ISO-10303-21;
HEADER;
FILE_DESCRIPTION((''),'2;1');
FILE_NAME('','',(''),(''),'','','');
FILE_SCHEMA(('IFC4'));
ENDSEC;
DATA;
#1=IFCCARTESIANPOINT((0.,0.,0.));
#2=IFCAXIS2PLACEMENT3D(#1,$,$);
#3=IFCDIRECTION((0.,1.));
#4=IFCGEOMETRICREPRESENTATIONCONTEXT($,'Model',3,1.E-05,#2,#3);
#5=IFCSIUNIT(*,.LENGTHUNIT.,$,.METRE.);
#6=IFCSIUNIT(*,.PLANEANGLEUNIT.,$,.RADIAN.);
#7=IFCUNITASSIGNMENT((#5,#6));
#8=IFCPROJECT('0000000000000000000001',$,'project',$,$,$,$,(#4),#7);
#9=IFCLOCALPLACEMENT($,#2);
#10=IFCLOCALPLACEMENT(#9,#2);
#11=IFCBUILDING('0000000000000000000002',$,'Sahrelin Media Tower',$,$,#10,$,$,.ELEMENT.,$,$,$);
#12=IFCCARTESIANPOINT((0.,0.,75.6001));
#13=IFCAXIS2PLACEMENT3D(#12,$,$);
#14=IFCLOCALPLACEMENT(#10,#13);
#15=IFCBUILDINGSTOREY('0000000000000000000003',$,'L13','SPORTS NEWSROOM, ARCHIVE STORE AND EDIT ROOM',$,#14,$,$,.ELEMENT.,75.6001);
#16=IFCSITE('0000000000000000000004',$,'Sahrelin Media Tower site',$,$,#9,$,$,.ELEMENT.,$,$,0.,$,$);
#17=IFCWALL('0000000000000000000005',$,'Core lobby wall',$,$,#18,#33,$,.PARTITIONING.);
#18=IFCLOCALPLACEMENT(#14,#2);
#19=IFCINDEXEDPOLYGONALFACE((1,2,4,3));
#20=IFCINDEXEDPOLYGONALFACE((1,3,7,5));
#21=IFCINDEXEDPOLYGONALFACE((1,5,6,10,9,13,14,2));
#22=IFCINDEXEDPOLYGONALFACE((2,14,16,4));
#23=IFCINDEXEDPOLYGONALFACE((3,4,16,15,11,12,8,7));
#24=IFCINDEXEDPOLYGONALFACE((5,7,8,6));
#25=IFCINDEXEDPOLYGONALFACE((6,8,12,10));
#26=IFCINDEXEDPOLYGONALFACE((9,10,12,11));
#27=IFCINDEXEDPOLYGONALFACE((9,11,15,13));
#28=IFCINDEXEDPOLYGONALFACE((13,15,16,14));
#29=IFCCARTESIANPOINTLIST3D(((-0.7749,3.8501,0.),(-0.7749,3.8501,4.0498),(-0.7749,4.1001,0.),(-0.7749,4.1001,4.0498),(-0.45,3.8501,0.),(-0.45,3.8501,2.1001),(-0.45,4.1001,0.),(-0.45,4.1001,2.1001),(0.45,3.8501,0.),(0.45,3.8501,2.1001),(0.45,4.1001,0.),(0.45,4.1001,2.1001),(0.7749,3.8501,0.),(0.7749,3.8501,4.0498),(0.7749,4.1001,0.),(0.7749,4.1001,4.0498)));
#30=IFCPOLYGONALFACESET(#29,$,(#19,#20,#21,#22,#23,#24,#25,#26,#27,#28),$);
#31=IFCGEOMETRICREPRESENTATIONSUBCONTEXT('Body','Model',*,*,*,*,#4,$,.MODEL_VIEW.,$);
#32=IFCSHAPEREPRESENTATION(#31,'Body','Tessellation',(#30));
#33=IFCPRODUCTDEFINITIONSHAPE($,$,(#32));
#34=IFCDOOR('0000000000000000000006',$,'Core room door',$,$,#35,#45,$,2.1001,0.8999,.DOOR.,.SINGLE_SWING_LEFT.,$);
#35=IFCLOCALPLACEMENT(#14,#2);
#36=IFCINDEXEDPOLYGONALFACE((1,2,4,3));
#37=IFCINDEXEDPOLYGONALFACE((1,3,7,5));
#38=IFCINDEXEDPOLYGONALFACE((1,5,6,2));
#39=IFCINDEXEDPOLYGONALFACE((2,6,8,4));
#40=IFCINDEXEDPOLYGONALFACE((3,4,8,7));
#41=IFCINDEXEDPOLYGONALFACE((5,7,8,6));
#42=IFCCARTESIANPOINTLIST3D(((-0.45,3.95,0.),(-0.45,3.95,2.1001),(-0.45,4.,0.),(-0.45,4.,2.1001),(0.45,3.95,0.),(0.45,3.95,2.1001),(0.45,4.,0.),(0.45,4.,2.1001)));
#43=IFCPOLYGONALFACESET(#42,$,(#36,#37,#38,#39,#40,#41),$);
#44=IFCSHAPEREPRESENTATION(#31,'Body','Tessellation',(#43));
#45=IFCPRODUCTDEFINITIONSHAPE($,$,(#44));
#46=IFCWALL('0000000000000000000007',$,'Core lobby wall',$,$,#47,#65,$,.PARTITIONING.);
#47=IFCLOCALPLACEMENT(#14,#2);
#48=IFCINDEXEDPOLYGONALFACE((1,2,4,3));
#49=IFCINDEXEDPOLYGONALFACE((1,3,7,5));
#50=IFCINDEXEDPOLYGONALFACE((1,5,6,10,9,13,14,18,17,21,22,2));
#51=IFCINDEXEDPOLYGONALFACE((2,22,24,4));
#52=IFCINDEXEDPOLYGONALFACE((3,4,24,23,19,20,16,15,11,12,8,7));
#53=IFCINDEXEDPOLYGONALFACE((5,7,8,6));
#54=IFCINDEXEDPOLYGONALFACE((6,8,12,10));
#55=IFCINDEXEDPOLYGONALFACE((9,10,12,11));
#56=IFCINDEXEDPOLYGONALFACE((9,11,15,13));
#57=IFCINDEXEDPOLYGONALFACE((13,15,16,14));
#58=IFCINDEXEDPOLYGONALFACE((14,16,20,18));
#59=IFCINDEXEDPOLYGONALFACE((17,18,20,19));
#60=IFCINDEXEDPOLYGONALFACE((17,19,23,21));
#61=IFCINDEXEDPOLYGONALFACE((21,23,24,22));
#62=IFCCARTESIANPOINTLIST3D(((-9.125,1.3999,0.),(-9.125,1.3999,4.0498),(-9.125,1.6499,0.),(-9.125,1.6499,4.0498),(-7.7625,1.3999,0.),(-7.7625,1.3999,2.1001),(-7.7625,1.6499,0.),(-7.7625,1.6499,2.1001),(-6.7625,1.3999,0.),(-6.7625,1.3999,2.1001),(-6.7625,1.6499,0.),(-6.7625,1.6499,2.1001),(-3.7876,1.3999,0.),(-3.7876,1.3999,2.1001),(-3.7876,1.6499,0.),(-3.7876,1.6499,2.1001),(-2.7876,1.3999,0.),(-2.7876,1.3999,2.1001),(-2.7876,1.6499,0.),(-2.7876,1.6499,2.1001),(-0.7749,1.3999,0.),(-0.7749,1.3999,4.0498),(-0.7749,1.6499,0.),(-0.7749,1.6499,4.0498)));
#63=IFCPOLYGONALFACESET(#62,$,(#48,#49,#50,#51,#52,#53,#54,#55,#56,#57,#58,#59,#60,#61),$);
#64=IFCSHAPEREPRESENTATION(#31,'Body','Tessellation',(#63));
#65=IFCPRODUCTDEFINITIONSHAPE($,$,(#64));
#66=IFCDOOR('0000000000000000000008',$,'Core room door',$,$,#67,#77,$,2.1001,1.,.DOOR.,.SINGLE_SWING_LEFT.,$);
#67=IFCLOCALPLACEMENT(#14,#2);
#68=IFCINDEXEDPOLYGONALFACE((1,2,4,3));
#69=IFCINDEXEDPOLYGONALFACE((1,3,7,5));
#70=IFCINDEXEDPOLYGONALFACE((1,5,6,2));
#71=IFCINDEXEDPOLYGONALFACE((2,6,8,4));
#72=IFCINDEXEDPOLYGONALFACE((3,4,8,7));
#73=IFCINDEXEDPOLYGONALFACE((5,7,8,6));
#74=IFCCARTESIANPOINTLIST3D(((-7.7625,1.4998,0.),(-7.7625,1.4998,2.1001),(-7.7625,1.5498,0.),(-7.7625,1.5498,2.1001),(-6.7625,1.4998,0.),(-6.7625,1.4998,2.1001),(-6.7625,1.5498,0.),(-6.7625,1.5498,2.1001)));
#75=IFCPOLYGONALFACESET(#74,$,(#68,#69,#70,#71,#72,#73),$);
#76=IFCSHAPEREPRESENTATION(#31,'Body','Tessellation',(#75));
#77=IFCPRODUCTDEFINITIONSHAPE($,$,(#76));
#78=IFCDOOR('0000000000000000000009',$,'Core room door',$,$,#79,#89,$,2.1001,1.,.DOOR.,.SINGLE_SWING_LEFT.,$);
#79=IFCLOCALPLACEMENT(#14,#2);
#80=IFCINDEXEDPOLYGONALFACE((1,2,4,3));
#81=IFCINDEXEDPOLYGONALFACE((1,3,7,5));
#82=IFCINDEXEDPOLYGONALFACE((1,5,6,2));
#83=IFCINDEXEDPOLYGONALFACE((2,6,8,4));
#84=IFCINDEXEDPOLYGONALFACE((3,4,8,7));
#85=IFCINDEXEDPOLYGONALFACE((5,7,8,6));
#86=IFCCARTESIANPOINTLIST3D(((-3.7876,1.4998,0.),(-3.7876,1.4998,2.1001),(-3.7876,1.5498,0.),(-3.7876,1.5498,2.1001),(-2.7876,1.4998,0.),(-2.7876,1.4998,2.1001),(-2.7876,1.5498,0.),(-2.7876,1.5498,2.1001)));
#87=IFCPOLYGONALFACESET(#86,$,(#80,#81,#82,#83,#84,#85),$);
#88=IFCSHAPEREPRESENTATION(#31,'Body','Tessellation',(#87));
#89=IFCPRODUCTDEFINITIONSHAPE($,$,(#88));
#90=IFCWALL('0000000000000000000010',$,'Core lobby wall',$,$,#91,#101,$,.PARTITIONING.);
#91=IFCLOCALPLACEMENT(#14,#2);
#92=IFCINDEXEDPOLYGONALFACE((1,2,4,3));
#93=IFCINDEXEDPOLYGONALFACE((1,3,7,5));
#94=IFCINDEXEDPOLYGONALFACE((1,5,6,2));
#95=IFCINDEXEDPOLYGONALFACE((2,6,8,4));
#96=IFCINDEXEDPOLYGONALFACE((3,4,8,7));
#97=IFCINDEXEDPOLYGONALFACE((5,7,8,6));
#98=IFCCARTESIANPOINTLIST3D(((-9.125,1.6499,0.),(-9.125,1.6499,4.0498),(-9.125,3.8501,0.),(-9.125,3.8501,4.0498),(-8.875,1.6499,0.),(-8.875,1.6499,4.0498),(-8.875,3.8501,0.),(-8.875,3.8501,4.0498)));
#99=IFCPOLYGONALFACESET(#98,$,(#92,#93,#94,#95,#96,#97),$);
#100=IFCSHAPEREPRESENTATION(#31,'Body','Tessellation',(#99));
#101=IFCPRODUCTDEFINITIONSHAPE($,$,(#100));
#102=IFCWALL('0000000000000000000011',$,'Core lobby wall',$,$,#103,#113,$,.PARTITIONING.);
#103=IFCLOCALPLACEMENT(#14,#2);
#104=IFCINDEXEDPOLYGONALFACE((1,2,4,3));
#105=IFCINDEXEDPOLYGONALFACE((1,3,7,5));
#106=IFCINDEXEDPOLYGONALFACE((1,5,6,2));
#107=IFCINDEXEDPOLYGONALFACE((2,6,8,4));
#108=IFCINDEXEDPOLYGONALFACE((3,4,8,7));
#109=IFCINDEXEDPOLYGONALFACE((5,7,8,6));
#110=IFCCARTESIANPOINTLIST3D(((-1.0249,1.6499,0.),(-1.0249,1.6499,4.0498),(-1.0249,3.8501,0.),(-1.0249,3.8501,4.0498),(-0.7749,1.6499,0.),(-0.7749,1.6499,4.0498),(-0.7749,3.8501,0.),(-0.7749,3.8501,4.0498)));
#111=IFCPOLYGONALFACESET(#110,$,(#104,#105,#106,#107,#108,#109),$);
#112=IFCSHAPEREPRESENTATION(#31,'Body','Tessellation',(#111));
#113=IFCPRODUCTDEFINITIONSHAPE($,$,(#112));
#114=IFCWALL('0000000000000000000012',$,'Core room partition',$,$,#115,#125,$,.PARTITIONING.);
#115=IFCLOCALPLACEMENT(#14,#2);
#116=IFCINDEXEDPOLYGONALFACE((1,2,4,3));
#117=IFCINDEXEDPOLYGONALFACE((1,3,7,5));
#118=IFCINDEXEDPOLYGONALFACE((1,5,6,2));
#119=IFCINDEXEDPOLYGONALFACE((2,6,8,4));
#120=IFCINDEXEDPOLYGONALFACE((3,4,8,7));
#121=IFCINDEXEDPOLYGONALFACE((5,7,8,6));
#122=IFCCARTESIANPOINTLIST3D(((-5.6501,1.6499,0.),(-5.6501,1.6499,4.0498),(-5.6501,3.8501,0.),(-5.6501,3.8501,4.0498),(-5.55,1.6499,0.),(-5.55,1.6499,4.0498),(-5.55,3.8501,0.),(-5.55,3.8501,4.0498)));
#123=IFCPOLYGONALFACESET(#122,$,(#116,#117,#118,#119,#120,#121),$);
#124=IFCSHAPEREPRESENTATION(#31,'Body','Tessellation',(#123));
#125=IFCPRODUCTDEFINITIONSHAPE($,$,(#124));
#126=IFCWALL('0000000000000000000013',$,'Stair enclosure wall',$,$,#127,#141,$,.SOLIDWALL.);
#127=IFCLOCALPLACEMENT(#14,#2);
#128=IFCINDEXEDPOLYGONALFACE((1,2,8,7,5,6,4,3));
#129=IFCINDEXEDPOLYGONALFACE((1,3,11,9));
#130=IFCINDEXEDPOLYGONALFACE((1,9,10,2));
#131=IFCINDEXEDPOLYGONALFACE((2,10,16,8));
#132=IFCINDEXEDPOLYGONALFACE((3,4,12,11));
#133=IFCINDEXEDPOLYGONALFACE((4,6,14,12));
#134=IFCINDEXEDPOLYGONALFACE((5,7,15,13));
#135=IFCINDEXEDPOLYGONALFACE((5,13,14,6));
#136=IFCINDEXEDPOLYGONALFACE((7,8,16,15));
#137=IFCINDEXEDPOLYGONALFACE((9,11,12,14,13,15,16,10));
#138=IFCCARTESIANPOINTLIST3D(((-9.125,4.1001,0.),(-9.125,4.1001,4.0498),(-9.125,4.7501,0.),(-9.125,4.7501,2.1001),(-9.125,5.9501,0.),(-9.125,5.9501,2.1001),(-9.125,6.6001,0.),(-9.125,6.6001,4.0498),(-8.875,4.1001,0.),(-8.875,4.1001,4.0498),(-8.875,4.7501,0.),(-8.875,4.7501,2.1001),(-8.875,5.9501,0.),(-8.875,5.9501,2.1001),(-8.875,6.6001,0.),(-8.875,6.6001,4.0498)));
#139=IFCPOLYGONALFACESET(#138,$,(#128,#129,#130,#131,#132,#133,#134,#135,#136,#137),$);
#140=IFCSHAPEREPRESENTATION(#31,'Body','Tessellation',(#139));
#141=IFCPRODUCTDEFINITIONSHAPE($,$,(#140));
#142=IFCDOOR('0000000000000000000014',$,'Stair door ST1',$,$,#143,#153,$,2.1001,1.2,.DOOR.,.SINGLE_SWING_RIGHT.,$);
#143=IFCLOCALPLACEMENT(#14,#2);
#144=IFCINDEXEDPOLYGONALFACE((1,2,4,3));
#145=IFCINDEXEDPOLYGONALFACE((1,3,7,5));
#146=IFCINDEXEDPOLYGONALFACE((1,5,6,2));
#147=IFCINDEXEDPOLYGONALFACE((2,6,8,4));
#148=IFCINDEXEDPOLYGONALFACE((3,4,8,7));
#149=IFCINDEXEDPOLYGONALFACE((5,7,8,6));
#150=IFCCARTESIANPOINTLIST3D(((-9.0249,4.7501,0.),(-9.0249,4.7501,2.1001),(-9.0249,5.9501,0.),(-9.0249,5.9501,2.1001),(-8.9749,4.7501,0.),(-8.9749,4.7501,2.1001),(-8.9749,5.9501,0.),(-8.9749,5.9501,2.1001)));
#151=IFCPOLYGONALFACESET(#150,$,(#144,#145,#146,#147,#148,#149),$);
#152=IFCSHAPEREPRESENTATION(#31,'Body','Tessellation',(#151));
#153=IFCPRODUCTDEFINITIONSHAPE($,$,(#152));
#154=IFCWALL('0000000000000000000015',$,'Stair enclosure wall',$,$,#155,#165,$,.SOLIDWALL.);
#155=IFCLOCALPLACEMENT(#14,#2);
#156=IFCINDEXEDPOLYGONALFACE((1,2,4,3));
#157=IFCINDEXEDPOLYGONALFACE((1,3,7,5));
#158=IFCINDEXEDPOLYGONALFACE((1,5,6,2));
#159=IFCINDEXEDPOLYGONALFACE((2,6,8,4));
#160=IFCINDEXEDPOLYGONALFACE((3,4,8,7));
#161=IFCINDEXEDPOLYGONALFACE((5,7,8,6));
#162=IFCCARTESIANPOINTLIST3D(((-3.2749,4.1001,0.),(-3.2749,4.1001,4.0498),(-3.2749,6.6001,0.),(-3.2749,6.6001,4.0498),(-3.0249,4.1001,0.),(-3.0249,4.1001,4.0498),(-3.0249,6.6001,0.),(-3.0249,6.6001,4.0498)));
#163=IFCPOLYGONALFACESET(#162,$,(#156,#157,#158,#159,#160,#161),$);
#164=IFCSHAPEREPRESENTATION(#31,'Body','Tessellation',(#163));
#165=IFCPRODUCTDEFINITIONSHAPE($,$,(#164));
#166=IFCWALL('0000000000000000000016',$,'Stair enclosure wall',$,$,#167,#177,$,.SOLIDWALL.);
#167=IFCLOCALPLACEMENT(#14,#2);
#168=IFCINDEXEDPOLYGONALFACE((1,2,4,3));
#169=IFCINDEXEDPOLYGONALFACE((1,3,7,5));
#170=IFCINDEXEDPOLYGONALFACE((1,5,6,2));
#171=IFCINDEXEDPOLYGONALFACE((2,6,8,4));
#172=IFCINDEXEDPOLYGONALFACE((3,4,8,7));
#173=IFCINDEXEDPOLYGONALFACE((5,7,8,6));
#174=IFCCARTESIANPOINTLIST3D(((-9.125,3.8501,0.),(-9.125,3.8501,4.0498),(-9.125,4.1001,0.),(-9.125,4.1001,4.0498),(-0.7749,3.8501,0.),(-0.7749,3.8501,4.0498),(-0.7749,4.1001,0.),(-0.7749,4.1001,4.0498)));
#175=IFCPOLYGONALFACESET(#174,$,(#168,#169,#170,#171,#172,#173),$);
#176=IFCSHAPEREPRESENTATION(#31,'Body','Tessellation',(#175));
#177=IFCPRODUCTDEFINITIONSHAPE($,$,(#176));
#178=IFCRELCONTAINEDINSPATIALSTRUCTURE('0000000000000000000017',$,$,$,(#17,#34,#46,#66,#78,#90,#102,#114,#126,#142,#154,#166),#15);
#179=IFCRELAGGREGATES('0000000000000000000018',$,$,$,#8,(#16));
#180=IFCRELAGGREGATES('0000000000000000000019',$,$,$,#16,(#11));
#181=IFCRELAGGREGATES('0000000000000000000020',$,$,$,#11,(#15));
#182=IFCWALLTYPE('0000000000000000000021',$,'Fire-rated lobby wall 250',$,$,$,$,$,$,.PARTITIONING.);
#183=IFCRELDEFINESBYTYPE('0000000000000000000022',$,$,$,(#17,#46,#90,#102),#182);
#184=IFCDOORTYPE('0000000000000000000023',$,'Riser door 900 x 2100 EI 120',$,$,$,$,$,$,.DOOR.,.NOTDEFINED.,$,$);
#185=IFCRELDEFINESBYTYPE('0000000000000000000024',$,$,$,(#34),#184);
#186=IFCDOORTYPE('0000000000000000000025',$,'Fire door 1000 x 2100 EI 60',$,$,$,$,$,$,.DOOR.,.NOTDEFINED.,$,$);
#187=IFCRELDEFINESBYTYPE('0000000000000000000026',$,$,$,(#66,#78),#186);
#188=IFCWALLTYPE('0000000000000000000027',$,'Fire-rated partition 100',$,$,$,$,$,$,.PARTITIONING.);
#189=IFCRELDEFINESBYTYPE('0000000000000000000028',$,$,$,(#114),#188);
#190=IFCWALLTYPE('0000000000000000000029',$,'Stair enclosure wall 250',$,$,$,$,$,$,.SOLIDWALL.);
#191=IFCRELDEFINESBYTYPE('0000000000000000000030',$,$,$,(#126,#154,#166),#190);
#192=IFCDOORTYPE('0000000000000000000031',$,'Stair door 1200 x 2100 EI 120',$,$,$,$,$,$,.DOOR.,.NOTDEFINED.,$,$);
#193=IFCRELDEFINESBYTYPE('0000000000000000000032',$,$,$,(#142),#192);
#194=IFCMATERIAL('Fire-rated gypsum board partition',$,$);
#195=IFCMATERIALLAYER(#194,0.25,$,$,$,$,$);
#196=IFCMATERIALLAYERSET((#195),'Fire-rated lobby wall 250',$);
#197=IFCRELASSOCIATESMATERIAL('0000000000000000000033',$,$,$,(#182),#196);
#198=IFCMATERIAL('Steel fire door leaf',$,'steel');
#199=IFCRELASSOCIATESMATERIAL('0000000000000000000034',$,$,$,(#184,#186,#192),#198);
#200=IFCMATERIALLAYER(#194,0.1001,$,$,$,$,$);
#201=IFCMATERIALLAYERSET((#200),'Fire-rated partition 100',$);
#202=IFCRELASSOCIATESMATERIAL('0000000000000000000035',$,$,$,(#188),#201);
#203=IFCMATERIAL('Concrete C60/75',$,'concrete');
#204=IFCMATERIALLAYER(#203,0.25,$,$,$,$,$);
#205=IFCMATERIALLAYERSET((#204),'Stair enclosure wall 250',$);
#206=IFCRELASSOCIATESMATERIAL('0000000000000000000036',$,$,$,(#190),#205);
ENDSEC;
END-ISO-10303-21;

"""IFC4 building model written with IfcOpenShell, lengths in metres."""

from ifc_helpers import new_model, si_unit, direction, frame, frame_2d, origin, place, context, subcontext, project, spatial, rectangle, extrude, material, layer, layer_set, type_object, element, fill, save


model = new_model("IFC4")

# Units and contexts
model_context = context("Model", 3, precision=1e-05, world=origin(), true_north=direction((0.0, 1.0)))
body_context = subcontext(model_context, "Body", "Model", "MODEL_VIEW")
ifc_project = project(units=[si_unit("LENGTHUNIT", "METRE"), si_unit("PLANEANGLEUNIT", "RADIAN")], contexts=[model_context])

# Site, building, storey
site_placement = place(None, origin())
site = spatial("IfcSite", under=ifc_project, at=site_placement, Name="Sahrelin Media Tower site", CompositionType="ELEMENT", RefElevation=0.0)
building_placement = place(site_placement, origin())
building = spatial("IfcBuilding", under=site, at=building_placement, Name="Sahrelin Media Tower", CompositionType="ELEMENT")
storey_placement = place(building_placement, frame((0.0, 0.0, 75.6001)))
storey = spatial("IfcBuildingStorey", under=building, at=storey_placement, Name="L13", Description="SPORTS NEWSROOM, ARCHIVE STORE AND EDIT ROOM", CompositionType="ELEMENT", Elevation=75.6001)

# Shared definitions
ifc_material_1 = material(Name="Concrete C60/75", Category="concrete")
ifc_material_2 = material(Name="Steel fire door leaf", Category="steel")

# Wall, opening, door
ifc_material_3 = material(Name="Fire-rated gypsum board partition")
ifc_layer_1 = layer(ifc_material_3, 0.25)
ifc_layer_set_1 = layer_set([ifc_layer_1], Name="Fire-rated lobby wall 250")
wall_type_1 = type_object("IfcWallType", Name="Fire-rated lobby wall 250", PredefinedType="PARTITIONING", material=ifc_layer_set_1)
wall_1_placement = place(storey_placement, frame((-0.7749, 3.9751, 0.0), z_axis=(0.0, 0.0, 1.0), x_axis=(1.0, 0.0, 0.0)))
wall_1 = element("IfcWall", 1, at=wall_1_placement, inside=storey, type_object=wall_type_1, Name="Core lobby wall", PredefinedType="PARTITIONING", context=body_context, shape_type="SweptSolid", body=[
    extrude(rectangle(XDim=1.5498, YDim=0.25, at=frame_2d((0.7749, 0.0))), origin(), (0.0, 0.0, 1.0), 4.0498),
])
opening_1_placement = place(wall_1_placement, frame((0.325, 0.0, 0.0)))
opening_1 = element("IfcOpeningElement", 2, at=opening_1_placement, cuts=wall_1, PredefinedType="OPENING", context=body_context, shape_type="SweptSolid", body=[
    extrude(rectangle(XDim=0.8999, YDim=2.1001, at=frame_2d((0.45, 1.05))), frame((0.0, 0.125, 0.0), z_axis=(0.0, -1.0, 0.0), x_axis=(1.0, 0.0, 0.0)), (0.0, 0.0, 1.0), 0.25),
])
door_type_1 = type_object("IfcDoorType", Name="Riser door 900 x 2100 EI 120", OperationType="NOTDEFINED", PredefinedType="DOOR", material=ifc_material_2)
door_1_placement = place(opening_1_placement, origin())
door_1 = element("IfcDoor", 3, at=door_1_placement, inside=storey, type_object=door_type_1, Name="Core room door", OperationType="SINGLE_SWING_LEFT", OverallHeight=2.1001, OverallWidth=0.8999, PredefinedType="DOOR", context=body_context, shape_type="SweptSolid", body=[
    extrude(rectangle(XDim=0.8999, YDim=2.1001, at=frame_2d((0.45, 1.05))), frame((0.0, 0.0249, 0.0), z_axis=(0.0, -1.0, 0.0), x_axis=(1.0, 0.0, 0.0)), (0.0, 0.0, 1.0), 0.05),
])
fill(opening_1, door_1)

# Wall, openings, doors
wall_2_placement = place(storey_placement, frame((-9.125, 1.5249, 0.0), z_axis=(0.0, 0.0, 1.0), x_axis=(1.0, 0.0, 0.0)))
wall_2 = element("IfcWall", 4, at=wall_2_placement, inside=storey, type_object=wall_type_1, Name="Core lobby wall", PredefinedType="PARTITIONING", context=body_context, shape_type="SweptSolid", body=[
    extrude(rectangle(XDim=8.3501, YDim=0.25, at=frame_2d((4.175, 0.0))), origin(), (0.0, 0.0, 1.0), 4.0498),
])
opening_2_placement = place(wall_2_placement, frame((1.3625, 0.0, 0.0)))
opening_2 = element("IfcOpeningElement", 5, at=opening_2_placement, cuts=wall_2, PredefinedType="OPENING", context=body_context, shape_type="SweptSolid", body=[
    extrude(rectangle(XDim=1.0, YDim=2.1001, at=frame_2d((0.5, 1.05))), frame((0.0, 0.125, 0.0), z_axis=(0.0, -1.0, 0.0), x_axis=(1.0, 0.0, 0.0)), (0.0, 0.0, 1.0), 0.25),
])
opening_3_placement = place(wall_2_placement, frame((5.3374, 0.0, 0.0)))
opening_3 = element("IfcOpeningElement", 6, at=opening_3_placement, cuts=wall_2, PredefinedType="OPENING", context=body_context, shape_type="SweptSolid", body=[
    extrude(rectangle(XDim=1.0, YDim=2.1001, at=frame_2d((0.5, 1.05))), frame((0.0, 0.125, 0.0), z_axis=(0.0, -1.0, 0.0), x_axis=(1.0, 0.0, 0.0)), (0.0, 0.0, 1.0), 0.25),
])
door_type_2 = type_object("IfcDoorType", Name="Fire door 1000 x 2100 EI 60", OperationType="NOTDEFINED", PredefinedType="DOOR", material=ifc_material_2)
door_2_placement = place(opening_2_placement, origin())
door_2 = element("IfcDoor", 7, at=door_2_placement, inside=storey, type_object=door_type_2, Name="Core room door", OperationType="SINGLE_SWING_LEFT", OverallHeight=2.1001, OverallWidth=1.0, PredefinedType="DOOR", context=body_context, shape_type="SweptSolid", body=[
    extrude(rectangle(XDim=1.0, YDim=2.1001, at=frame_2d((0.5, 1.05))), frame((0.0, 0.0249, 0.0), z_axis=(0.0, -1.0, 0.0), x_axis=(1.0, 0.0, 0.0)), (0.0, 0.0, 1.0), 0.05),
])
fill(opening_2, door_2)
door_3_placement = place(opening_3_placement, origin())
door_3 = element("IfcDoor", 8, at=door_3_placement, inside=storey, type_object=door_type_2, Name="Core room door", OperationType="SINGLE_SWING_LEFT", OverallHeight=2.1001, OverallWidth=1.0, PredefinedType="DOOR", context=body_context, shape_type="SweptSolid", body=[
    extrude(rectangle(XDim=1.0, YDim=2.1001, at=frame_2d((0.5, 1.05))), frame((0.0, 0.0249, 0.0), z_axis=(0.0, -1.0, 0.0), x_axis=(1.0, 0.0, 0.0)), (0.0, 0.0, 1.0), 0.05),
])
fill(opening_3, door_3)

# Walls
for number, where, z_axis, x_axis, name in (
    (9, (-9.0, 1.6499, 0.0), (0.0, 0.0, 1.0), (0.0, 1.0, 0.0), "Core lobby wall"),
    (10, (-0.8999, 1.6499, 0.0), (0.0, 0.0, 1.0), (0.0, 1.0, 0.0), "Core lobby wall"),
):
    element("IfcWall", number, at=place(storey_placement, frame(where, z_axis=z_axis, x_axis=x_axis)), inside=storey, type_object=wall_type_1, Name=name, PredefinedType="PARTITIONING", context=body_context, shape_type="SweptSolid", body=[
        extrude(rectangle(XDim=2.2002, YDim=0.25, at=frame_2d((1.1001, 0.0))), origin(), (0.0, 0.0, 1.0), 4.0498),
    ])
ifc_layer_2 = layer(ifc_material_3, 0.1001)
ifc_layer_set_2 = layer_set([ifc_layer_2], Name="Fire-rated partition 100")
wall_type_2 = type_object("IfcWallType", Name="Fire-rated partition 100", PredefinedType="PARTITIONING", material=ifc_layer_set_2)
wall_3_placement = place(storey_placement, frame((-5.6001, 1.6499, 0.0), z_axis=(0.0, 0.0, 1.0), x_axis=(0.0, 1.0, 0.0)))
element("IfcWall", 11, at=wall_3_placement, inside=storey, type_object=wall_type_2, Name="Core room partition", PredefinedType="PARTITIONING", context=body_context, shape_type="SweptSolid", body=[
    extrude(rectangle(XDim=2.2002, YDim=0.1001, at=frame_2d((1.1001, 0.0))), origin(), (0.0, 0.0, 1.0), 4.0498),
])

# Wall, opening, door
ifc_layer_3 = layer(ifc_material_1, 0.25)
ifc_layer_set_3 = layer_set([ifc_layer_3], Name="Stair enclosure wall 250")
wall_type_3 = type_object("IfcWallType", Name="Stair enclosure wall 250", PredefinedType="SOLIDWALL", material=ifc_layer_set_3)
wall_4_placement = place(storey_placement, frame((-9.0, 4.1001, 0.0), z_axis=(0.0, 0.0, 1.0), x_axis=(0.0, 1.0, 0.0)))
wall_4 = element("IfcWall", 12, at=wall_4_placement, inside=storey, type_object=wall_type_3, Name="Stair enclosure wall", PredefinedType="SOLIDWALL", context=body_context, shape_type="SweptSolid", body=[
    extrude(rectangle(XDim=2.5, YDim=0.25, at=frame_2d((1.25, 0.0))), origin(), (0.0, 0.0, 1.0), 4.0498),
])
opening_4_placement = place(wall_4_placement, frame((0.6499, 0.0, 0.0)))
opening_4 = element("IfcOpeningElement", 13, at=opening_4_placement, cuts=wall_4, PredefinedType="OPENING", context=body_context, shape_type="SweptSolid", body=[
    extrude(rectangle(XDim=1.2, YDim=2.1001, at=frame_2d((0.6001, 1.05))), frame((0.0, 0.125, 0.0), z_axis=(0.0, -1.0, 0.0), x_axis=(1.0, 0.0, 0.0)), (0.0, 0.0, 1.0), 0.25),
])
door_type_3 = type_object("IfcDoorType", Name="Stair door 1200 x 2100 EI 120", OperationType="NOTDEFINED", PredefinedType="DOOR", material=ifc_material_2)
door_4_placement = place(opening_4_placement, origin())
door_4 = element("IfcDoor", 14, at=door_4_placement, inside=storey, type_object=door_type_3, Name="Stair door ST1", OperationType="SINGLE_SWING_RIGHT", OverallHeight=2.1001, OverallWidth=1.2, PredefinedType="DOOR", context=body_context, shape_type="SweptSolid", body=[
    extrude(rectangle(XDim=1.2, YDim=2.1001, at=frame_2d((0.6001, 1.05))), frame((0.0, 0.0249, 0.0), z_axis=(0.0, -1.0, 0.0), x_axis=(1.0, 0.0, 0.0)), (0.0, 0.0, 1.0), 0.05),
])
fill(opening_4, door_4)

# Walls
wall_5_placement = place(storey_placement, frame((-3.1499, 4.1001, 0.0), z_axis=(0.0, 0.0, 1.0), x_axis=(0.0, 1.0, 0.0)))
element("IfcWall", 15, at=wall_5_placement, inside=storey, type_object=wall_type_3, Name="Stair enclosure wall", PredefinedType="SOLIDWALL", context=body_context, shape_type="SweptSolid", body=[
    extrude(rectangle(XDim=2.5, YDim=0.25, at=frame_2d((1.25, 0.0))), origin(), (0.0, 0.0, 1.0), 4.0498),
])
wall_6_placement = place(storey_placement, frame((-9.125, 3.9751, 0.0), z_axis=(0.0, 0.0, 1.0), x_axis=(1.0, 0.0, 0.0)))
element("IfcWall", 16, at=wall_6_placement, inside=storey, type_object=wall_type_3, Name="Stair enclosure wall", PredefinedType="SOLIDWALL", context=body_context, shape_type="SweptSolid", body=[
    extrude(rectangle(XDim=8.3501, YDim=0.25, at=frame_2d((4.175, 0.0))), origin(), (0.0, 0.0, 1.0), 4.0498),
])

save(model, "model.ifc")
